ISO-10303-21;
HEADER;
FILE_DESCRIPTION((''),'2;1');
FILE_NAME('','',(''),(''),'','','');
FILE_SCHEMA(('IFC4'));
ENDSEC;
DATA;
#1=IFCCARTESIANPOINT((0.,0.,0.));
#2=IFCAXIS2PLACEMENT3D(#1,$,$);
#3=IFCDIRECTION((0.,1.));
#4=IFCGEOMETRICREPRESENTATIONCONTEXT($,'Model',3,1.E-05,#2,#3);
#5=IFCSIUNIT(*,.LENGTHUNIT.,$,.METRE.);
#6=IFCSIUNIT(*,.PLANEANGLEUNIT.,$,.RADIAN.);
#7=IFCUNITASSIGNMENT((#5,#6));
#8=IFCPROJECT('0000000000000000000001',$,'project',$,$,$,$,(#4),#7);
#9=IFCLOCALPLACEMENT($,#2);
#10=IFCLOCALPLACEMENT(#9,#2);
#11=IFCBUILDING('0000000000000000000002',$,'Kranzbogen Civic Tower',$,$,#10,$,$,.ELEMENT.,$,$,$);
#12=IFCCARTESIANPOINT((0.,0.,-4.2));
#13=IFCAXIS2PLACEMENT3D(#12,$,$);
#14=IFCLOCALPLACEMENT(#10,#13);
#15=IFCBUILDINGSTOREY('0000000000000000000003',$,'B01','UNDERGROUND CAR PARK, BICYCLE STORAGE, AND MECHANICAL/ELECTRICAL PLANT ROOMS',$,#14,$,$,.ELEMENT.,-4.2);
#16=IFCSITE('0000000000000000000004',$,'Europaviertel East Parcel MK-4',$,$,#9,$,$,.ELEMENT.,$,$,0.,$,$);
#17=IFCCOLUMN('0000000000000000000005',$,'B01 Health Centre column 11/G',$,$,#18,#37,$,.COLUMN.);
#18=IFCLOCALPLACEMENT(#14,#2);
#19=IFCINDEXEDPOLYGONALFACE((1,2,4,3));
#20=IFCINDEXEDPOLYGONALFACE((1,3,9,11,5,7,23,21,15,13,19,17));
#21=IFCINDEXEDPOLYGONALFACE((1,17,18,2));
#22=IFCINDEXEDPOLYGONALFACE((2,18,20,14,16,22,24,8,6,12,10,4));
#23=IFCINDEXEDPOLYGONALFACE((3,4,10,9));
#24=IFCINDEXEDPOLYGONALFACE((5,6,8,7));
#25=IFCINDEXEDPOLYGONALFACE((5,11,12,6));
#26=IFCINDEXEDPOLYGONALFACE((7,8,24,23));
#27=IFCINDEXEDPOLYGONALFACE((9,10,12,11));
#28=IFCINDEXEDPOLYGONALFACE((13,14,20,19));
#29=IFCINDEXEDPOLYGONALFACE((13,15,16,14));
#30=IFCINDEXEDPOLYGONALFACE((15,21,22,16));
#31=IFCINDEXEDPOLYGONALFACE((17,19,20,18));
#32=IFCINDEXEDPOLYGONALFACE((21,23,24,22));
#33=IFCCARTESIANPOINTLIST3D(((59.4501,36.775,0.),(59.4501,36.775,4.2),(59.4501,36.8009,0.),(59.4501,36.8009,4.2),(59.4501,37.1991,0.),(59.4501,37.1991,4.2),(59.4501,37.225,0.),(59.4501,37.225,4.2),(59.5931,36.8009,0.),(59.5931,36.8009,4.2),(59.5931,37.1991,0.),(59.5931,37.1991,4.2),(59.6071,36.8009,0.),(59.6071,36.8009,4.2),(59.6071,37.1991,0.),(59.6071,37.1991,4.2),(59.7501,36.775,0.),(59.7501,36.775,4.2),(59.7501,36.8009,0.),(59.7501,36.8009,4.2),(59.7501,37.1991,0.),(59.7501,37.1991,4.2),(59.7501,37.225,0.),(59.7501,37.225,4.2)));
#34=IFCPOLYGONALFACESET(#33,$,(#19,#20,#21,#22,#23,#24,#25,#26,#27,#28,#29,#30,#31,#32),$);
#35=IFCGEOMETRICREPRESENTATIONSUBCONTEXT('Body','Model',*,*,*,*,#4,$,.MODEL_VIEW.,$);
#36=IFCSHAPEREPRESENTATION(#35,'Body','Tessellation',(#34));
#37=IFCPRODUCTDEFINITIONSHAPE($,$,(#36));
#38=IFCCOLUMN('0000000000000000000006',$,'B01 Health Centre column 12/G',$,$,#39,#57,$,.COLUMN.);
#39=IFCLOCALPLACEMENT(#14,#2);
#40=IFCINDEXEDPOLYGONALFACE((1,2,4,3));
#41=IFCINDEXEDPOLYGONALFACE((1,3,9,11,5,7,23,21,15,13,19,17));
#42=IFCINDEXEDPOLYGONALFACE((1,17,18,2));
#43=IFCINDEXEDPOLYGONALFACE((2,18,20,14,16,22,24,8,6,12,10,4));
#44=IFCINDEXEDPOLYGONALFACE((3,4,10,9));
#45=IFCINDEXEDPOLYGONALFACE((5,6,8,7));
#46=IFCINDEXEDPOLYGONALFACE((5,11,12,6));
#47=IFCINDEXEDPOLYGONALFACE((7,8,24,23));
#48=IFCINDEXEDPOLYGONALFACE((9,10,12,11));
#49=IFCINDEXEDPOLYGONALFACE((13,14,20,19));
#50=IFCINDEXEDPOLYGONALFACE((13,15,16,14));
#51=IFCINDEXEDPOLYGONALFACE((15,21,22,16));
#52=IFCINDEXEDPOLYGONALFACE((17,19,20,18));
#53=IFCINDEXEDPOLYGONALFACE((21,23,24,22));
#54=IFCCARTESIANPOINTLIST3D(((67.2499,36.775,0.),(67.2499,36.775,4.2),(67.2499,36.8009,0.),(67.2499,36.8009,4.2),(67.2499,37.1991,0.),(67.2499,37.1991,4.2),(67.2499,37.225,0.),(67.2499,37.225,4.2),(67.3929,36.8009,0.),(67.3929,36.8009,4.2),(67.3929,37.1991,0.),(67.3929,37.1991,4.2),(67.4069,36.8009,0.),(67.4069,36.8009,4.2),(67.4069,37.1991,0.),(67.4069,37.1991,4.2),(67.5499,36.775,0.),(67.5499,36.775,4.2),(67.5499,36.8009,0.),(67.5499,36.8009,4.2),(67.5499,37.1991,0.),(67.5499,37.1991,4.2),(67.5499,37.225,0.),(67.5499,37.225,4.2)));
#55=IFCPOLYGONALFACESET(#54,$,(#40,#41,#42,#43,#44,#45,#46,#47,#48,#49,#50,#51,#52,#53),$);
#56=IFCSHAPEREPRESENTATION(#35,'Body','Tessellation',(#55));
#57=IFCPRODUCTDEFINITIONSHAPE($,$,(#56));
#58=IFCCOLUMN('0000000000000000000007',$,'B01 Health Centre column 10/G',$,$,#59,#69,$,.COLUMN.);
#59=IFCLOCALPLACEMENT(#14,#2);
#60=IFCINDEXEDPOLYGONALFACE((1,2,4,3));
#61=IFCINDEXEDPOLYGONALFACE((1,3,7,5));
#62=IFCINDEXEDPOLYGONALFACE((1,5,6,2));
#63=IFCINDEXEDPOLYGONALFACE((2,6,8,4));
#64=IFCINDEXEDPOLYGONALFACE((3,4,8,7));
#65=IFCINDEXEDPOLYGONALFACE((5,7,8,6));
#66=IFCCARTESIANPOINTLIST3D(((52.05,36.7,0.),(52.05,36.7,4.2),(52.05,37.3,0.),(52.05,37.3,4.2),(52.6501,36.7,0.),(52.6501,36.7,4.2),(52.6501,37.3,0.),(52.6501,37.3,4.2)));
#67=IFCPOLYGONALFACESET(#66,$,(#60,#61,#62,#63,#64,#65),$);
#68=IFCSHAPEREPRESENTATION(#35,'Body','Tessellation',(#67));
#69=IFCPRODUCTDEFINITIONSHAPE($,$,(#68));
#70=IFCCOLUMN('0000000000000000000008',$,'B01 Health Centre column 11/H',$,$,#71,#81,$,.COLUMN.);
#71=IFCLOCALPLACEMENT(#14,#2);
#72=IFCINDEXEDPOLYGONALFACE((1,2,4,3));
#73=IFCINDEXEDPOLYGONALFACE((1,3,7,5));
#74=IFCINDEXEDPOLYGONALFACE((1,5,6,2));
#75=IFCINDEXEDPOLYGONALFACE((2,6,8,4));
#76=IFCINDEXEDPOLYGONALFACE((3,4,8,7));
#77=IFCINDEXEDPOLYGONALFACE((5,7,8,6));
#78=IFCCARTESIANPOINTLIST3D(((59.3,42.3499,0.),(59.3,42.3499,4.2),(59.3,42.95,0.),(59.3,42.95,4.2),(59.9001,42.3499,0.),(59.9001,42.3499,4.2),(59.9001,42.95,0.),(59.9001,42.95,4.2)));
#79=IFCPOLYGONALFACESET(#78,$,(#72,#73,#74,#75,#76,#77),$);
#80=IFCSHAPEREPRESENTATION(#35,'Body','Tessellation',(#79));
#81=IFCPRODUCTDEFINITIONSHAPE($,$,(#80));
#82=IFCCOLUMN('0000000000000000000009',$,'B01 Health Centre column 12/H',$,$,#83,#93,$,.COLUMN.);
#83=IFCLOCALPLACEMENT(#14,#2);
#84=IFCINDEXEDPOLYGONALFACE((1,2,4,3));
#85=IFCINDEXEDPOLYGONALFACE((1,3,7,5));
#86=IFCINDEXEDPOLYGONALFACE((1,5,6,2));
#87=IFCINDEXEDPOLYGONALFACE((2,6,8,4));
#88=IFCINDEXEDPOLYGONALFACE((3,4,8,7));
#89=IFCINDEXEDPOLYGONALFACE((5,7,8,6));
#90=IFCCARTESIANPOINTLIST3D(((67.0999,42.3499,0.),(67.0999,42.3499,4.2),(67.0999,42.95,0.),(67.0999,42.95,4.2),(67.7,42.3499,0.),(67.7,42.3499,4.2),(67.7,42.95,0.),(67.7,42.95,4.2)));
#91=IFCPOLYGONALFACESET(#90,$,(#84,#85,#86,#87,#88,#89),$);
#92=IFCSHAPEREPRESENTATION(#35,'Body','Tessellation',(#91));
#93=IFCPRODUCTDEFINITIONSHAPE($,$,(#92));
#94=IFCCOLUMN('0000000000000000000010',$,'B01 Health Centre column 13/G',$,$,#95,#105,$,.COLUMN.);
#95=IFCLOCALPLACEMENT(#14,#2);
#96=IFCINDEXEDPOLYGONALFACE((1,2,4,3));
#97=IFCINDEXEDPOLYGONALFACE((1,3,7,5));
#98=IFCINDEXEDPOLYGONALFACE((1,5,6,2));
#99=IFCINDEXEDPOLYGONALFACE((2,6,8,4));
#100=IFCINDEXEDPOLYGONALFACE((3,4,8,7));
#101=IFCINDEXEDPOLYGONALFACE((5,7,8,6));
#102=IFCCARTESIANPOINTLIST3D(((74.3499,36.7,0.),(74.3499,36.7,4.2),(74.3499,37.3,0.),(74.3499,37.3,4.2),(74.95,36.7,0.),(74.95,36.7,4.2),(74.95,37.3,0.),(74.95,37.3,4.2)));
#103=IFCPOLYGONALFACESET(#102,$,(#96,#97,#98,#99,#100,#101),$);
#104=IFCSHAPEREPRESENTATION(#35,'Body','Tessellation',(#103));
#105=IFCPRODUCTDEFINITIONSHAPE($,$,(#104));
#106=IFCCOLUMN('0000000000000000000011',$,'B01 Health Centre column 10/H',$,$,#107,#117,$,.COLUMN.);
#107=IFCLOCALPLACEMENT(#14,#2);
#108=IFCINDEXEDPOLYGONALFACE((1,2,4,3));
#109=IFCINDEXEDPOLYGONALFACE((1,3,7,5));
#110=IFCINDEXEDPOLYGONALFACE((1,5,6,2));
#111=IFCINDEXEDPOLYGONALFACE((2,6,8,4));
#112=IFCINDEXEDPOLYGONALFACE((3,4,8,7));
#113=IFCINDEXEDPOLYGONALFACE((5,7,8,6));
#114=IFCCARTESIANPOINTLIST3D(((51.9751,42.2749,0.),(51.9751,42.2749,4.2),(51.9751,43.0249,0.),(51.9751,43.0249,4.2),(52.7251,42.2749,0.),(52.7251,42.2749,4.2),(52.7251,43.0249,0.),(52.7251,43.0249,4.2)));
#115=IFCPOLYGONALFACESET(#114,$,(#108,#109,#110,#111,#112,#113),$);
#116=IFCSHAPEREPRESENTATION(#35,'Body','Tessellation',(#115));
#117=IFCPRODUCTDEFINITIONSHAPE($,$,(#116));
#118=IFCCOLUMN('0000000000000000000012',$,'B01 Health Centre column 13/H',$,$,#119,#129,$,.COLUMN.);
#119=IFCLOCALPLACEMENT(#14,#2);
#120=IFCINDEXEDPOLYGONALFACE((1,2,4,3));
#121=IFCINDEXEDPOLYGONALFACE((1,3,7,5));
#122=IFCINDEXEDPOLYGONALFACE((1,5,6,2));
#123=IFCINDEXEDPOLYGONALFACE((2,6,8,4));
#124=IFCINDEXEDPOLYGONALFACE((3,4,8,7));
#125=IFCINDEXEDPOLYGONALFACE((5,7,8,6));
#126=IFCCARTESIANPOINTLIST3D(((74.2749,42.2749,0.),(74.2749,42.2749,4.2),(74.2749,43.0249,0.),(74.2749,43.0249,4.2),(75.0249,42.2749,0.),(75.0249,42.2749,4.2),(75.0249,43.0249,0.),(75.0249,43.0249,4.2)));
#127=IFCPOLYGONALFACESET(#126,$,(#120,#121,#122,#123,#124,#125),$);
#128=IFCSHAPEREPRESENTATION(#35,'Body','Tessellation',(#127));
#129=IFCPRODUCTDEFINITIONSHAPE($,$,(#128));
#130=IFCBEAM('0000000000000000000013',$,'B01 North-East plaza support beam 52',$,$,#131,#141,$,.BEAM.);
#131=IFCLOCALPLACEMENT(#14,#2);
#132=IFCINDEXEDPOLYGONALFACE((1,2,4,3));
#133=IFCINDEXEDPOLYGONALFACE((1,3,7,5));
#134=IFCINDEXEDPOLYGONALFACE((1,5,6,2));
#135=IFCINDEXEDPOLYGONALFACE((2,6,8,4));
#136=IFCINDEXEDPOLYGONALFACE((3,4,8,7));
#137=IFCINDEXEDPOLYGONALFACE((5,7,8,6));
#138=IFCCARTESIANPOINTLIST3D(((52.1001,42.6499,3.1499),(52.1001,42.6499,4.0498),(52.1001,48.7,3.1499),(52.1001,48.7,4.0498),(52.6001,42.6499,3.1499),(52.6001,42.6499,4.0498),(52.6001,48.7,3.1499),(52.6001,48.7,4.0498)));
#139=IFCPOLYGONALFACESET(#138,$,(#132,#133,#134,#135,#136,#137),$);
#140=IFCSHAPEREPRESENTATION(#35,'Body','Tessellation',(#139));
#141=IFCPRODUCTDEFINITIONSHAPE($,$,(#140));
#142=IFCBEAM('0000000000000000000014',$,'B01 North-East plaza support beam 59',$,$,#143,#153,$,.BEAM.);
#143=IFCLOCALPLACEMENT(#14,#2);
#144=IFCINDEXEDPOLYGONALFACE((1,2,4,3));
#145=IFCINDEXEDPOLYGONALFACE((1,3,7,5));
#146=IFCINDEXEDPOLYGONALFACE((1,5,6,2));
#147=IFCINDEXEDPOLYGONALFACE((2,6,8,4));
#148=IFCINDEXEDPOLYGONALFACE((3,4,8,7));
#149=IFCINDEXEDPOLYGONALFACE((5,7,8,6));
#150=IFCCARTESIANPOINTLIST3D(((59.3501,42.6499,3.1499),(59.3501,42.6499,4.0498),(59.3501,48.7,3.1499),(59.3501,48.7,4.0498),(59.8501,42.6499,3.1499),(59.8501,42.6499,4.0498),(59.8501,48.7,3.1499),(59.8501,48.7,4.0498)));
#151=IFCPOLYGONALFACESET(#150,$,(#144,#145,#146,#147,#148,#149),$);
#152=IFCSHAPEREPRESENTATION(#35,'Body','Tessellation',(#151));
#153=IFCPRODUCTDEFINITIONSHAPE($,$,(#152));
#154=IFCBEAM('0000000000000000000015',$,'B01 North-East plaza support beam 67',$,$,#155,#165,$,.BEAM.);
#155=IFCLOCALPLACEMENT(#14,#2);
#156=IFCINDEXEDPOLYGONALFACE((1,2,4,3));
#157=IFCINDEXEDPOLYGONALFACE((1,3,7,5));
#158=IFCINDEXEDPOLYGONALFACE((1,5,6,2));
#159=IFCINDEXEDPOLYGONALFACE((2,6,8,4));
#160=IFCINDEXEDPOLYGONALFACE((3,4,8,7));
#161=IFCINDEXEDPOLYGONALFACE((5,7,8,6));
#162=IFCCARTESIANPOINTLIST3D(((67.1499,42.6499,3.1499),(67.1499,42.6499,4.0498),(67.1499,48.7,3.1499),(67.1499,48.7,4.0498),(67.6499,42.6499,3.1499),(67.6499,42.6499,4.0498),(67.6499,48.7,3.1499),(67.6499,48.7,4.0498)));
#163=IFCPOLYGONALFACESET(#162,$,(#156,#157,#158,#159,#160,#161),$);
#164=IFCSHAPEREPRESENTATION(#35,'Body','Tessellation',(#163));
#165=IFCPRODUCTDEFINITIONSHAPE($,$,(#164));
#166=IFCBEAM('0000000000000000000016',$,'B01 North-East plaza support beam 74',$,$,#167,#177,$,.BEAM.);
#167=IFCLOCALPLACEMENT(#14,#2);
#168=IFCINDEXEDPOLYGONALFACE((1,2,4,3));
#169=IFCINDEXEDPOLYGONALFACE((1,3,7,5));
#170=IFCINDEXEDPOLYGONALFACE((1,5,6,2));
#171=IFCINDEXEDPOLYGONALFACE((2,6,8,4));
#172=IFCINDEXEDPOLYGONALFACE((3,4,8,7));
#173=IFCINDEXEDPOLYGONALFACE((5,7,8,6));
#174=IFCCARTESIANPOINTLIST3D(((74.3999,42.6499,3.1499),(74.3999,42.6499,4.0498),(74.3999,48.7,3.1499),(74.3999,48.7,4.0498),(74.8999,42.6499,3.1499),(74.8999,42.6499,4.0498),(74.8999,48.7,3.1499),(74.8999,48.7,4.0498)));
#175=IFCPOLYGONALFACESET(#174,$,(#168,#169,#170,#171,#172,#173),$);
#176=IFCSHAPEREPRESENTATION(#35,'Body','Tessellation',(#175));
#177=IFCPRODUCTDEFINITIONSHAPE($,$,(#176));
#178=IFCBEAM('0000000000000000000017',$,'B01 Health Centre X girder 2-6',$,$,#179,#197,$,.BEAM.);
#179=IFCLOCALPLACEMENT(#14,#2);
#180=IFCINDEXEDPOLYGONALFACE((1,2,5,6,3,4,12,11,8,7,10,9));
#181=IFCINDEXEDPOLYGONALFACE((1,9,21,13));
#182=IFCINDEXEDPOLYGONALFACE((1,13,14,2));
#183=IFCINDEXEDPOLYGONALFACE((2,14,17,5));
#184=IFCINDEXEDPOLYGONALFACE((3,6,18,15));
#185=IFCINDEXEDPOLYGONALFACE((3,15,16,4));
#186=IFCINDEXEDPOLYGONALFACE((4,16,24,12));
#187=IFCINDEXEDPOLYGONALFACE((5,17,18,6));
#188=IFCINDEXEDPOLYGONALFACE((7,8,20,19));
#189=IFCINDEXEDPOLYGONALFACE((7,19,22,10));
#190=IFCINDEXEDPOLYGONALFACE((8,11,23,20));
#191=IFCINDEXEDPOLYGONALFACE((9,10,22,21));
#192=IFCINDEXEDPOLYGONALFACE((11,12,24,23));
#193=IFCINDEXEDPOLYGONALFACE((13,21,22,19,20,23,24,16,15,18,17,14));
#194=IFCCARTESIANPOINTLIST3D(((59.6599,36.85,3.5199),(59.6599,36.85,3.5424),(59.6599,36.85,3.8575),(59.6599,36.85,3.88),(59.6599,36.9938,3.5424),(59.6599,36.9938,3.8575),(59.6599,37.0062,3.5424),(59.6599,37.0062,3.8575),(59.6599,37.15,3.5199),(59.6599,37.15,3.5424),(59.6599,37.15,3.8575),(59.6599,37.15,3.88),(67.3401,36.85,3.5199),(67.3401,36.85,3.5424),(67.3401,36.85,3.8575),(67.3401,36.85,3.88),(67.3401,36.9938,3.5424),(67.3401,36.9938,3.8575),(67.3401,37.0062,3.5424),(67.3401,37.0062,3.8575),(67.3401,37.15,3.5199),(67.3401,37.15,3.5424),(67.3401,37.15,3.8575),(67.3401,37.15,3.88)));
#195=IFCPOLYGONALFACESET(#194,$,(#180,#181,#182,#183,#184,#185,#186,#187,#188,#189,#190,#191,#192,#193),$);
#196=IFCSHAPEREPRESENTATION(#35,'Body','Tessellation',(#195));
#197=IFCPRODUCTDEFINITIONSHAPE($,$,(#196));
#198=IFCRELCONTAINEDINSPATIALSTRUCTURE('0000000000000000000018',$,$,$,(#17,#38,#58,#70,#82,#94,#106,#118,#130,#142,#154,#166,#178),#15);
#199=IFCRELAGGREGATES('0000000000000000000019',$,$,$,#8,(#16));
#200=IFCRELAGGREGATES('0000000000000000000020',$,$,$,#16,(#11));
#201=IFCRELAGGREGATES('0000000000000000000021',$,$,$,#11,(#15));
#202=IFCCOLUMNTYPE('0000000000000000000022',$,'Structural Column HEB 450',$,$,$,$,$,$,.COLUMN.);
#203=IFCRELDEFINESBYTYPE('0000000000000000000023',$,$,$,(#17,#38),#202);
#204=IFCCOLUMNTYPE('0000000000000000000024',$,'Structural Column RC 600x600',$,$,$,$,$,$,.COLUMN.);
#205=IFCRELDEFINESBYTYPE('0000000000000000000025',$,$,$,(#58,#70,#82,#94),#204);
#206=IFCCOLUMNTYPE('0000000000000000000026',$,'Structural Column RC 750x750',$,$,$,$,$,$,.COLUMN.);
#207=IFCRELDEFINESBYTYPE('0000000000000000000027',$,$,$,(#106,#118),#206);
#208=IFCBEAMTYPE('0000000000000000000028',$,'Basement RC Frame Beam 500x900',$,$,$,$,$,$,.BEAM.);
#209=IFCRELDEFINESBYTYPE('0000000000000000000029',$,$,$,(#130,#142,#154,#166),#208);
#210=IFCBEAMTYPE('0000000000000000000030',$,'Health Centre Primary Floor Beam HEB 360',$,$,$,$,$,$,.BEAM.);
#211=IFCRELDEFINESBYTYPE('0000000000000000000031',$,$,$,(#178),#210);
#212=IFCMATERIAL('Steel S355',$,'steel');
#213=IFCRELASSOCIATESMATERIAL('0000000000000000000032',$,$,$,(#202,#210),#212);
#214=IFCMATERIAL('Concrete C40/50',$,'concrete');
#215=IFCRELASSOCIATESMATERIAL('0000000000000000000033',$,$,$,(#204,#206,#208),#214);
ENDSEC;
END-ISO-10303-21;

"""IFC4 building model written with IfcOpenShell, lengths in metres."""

from ifc_helpers import new_model, si_unit, direction, frame, origin, origin_2d, place, context, subcontext, project, spatial, rectangle, i_section, extrude, material, material_profile, profile_set, type_object, element, save


model = new_model("IFC4")

# Units and contexts
model_context = context("Model", 3, precision=1e-05, world=origin(), true_north=direction((0.0, 1.0)))
body_context = subcontext(model_context, "Body", "Model", "MODEL_VIEW")
ifc_project = project(units=[si_unit("LENGTHUNIT", "METRE"), si_unit("PLANEANGLEUNIT", "RADIAN")], contexts=[model_context])

# Site, building, storey
site_placement = place(None, origin())
site = spatial("IfcSite", under=ifc_project, at=site_placement, Name="Europaviertel East Parcel MK-4", CompositionType="ELEMENT", RefElevation=0.0)
building_placement = place(site_placement, origin())
building = spatial("IfcBuilding", under=site, at=building_placement, Name="Kranzbogen Civic Tower", CompositionType="ELEMENT")
storey_placement = place(building_placement, frame((0.0, 0.0, -4.2)))
storey = spatial("IfcBuildingStorey", under=building, at=storey_placement, Name="B01", Description="UNDERGROUND CAR PARK, BICYCLE STORAGE, AND MECHANICAL/ELECTRICAL PLANT ROOMS", CompositionType="ELEMENT", Elevation=-4.2)

# Columns
ifc_material_1 = material(Name="Steel S355", Category="steel")
ifc_material_profile_1 = material_profile(ifc_material_1, i_section(OverallWidth=0.3, OverallDepth=0.45, WebThickness=0.0139, FlangeThickness=0.0259, at=origin_2d()), Name="HEB 450")
ifc_profile_set_1 = profile_set([ifc_material_profile_1], Name="Steel S355")
column_type_1 = type_object("IfcColumnType", Name="Structural Column HEB 450", PredefinedType="COLUMN", material=ifc_profile_set_1)
for number, where, z_axis, x_axis, name in (
    (1, (59.6001, 37.0, 0.0), (0.0, 0.0, 1.0), (1.0, 0.0, 0.0), "B01 Health Centre column 11/G"),
    (2, (67.3999, 37.0, 0.0), (0.0, 0.0, 1.0), (1.0, 0.0, 0.0), "B01 Health Centre column 12/G"),
):
    element("IfcColumn", number, at=place(storey_placement, frame(where, z_axis=z_axis, x_axis=x_axis)), inside=storey, type_object=column_type_1, Name=name, PredefinedType="COLUMN", context=body_context, shape_type="SweptSolid", body=[
        extrude(i_section(OverallWidth=0.3, OverallDepth=0.45, WebThickness=0.0139, FlangeThickness=0.0259, at=origin_2d()), origin(), (0.0, 0.0, 1.0), 4.2),
    ])
ifc_material_2 = material(Name="Concrete C40/50", Category="concrete")
ifc_material_profile_2 = material_profile(ifc_material_2, rectangle(XDim=0.6001, YDim=0.6001, at=origin_2d()), Name="RC 600x600")
ifc_profile_set_2 = profile_set([ifc_material_profile_2], Name="Concrete C40/50")
column_type_2 = type_object("IfcColumnType", Name="Structural Column RC 600x600", PredefinedType="COLUMN", material=ifc_profile_set_2)
for number, where, z_axis, x_axis, name in (
    (3, (52.3501, 37.0, 0.0), (0.0, 0.0, 1.0), (1.0, 0.0, 0.0), "B01 Health Centre column 10/G"),
    (4, (59.6001, 42.6499, 0.0), (0.0, 0.0, 1.0), (1.0, 0.0, 0.0), "B01 Health Centre column 11/H"),
    (5, (67.3999, 42.6499, 0.0), (0.0, 0.0, 1.0), (1.0, 0.0, 0.0), "B01 Health Centre column 12/H"),
    (6, (74.6499, 37.0, 0.0), (0.0, 0.0, 1.0), (1.0, 0.0, 0.0), "B01 Health Centre column 13/G"),
):
    element("IfcColumn", number, at=place(storey_placement, frame(where, z_axis=z_axis, x_axis=x_axis)), inside=storey, type_object=column_type_2, Name=name, PredefinedType="COLUMN", context=body_context, shape_type="SweptSolid", body=[
        extrude(rectangle(XDim=0.6001, YDim=0.6001, at=origin_2d()), origin(), (0.0, 0.0, 1.0), 4.2),
    ])
ifc_material_profile_3 = material_profile(ifc_material_2, rectangle(XDim=0.75, YDim=0.75, at=origin_2d()), Name="RC 750x750")
ifc_profile_set_3 = profile_set([ifc_material_profile_3], Name="Concrete C40/50")
column_type_3 = type_object("IfcColumnType", Name="Structural Column RC 750x750", PredefinedType="COLUMN", material=ifc_profile_set_3)
for number, where, z_axis, x_axis, name in (
    (7, (52.3501, 42.6499, 0.0), (0.0, 0.0, 1.0), (1.0, 0.0, 0.0), "B01 Health Centre column 10/H"),
    (8, (74.6499, 42.6499, 0.0), (0.0, 0.0, 1.0), (1.0, 0.0, 0.0), "B01 Health Centre column 13/H"),
):
    element("IfcColumn", number, at=place(storey_placement, frame(where, z_axis=z_axis, x_axis=x_axis)), inside=storey, type_object=column_type_3, Name=name, PredefinedType="COLUMN", context=body_context, shape_type="SweptSolid", body=[
        extrude(rectangle(XDim=0.75, YDim=0.75, at=origin_2d()), origin(), (0.0, 0.0, 1.0), 4.2),
    ])

# Beams
ifc_material_profile_4 = material_profile(ifc_material_2, rectangle(XDim=0.5, YDim=0.8999, at=origin_2d()), Name="RC-BM 500x900")
ifc_profile_set_4 = profile_set([ifc_material_profile_4], Name="Concrete C40/50")
beam_type_1 = type_object("IfcBeamType", Name="Basement RC Frame Beam 500x900", PredefinedType="BEAM", material=ifc_profile_set_4)
for number, where, z_axis, x_axis, name in (
    (9, (52.3501, 42.6499, 3.5999), (0.0, 1.0, 0.0), (-1.0, 0.0, 0.0), "B01 North-East plaza support beam 52"),
    (10, (59.6001, 42.6499, 3.5999), (0.0, 1.0, 0.0), (-1.0, 0.0, 0.0), "B01 North-East plaza support beam 59"),
    (11, (67.3999, 42.6499, 3.5999), (0.0, 1.0, 0.0), (-1.0, 0.0, 0.0), "B01 North-East plaza support beam 67"),
    (12, (74.6499, 42.6499, 3.5999), (0.0, 1.0, 0.0), (-1.0, 0.0, 0.0), "B01 North-East plaza support beam 74"),
):
    element("IfcBeam", number, at=place(storey_placement, frame(where, z_axis=z_axis, x_axis=x_axis)), inside=storey, type_object=beam_type_1, Name=name, PredefinedType="BEAM", context=body_context, shape_type="SweptSolid", body=[
        extrude(rectangle(XDim=0.5, YDim=0.8999, at=origin_2d()), origin(), (0.0, 0.0, 1.0), 6.05),
    ])
ifc_material_profile_5 = material_profile(ifc_material_1, i_section(OverallWidth=0.3, OverallDepth=0.3601, WebThickness=0.0125, FlangeThickness=0.0225, at=origin_2d()), Name="HEB 360")
ifc_profile_set_5 = profile_set([ifc_material_profile_5], Name="Steel S355")
beam_type_2 = type_object("IfcBeamType", Name="Health Centre Primary Floor Beam HEB 360", PredefinedType="BEAM", material=ifc_profile_set_5)
for number, where, z_axis, x_axis, name in (
    (13, (59.6599, 37.0, 3.7), (1.0, 0.0, 0.0), (0.0, 1.0, 0.0), "B01 Health Centre X girder 2-6"),
):
    element("IfcBeam", number, at=place(storey_placement, frame(where, z_axis=z_axis, x_axis=x_axis)), inside=storey, type_object=beam_type_2, Name=name, PredefinedType="BEAM", context=body_context, shape_type="SweptSolid", body=[
        extrude(i_section(OverallWidth=0.3, OverallDepth=0.3601, WebThickness=0.0125, FlangeThickness=0.0225, at=origin_2d()), origin(), (0.0, 0.0, 1.0), 7.6802),
    ])

save(model, "model.ifc")
